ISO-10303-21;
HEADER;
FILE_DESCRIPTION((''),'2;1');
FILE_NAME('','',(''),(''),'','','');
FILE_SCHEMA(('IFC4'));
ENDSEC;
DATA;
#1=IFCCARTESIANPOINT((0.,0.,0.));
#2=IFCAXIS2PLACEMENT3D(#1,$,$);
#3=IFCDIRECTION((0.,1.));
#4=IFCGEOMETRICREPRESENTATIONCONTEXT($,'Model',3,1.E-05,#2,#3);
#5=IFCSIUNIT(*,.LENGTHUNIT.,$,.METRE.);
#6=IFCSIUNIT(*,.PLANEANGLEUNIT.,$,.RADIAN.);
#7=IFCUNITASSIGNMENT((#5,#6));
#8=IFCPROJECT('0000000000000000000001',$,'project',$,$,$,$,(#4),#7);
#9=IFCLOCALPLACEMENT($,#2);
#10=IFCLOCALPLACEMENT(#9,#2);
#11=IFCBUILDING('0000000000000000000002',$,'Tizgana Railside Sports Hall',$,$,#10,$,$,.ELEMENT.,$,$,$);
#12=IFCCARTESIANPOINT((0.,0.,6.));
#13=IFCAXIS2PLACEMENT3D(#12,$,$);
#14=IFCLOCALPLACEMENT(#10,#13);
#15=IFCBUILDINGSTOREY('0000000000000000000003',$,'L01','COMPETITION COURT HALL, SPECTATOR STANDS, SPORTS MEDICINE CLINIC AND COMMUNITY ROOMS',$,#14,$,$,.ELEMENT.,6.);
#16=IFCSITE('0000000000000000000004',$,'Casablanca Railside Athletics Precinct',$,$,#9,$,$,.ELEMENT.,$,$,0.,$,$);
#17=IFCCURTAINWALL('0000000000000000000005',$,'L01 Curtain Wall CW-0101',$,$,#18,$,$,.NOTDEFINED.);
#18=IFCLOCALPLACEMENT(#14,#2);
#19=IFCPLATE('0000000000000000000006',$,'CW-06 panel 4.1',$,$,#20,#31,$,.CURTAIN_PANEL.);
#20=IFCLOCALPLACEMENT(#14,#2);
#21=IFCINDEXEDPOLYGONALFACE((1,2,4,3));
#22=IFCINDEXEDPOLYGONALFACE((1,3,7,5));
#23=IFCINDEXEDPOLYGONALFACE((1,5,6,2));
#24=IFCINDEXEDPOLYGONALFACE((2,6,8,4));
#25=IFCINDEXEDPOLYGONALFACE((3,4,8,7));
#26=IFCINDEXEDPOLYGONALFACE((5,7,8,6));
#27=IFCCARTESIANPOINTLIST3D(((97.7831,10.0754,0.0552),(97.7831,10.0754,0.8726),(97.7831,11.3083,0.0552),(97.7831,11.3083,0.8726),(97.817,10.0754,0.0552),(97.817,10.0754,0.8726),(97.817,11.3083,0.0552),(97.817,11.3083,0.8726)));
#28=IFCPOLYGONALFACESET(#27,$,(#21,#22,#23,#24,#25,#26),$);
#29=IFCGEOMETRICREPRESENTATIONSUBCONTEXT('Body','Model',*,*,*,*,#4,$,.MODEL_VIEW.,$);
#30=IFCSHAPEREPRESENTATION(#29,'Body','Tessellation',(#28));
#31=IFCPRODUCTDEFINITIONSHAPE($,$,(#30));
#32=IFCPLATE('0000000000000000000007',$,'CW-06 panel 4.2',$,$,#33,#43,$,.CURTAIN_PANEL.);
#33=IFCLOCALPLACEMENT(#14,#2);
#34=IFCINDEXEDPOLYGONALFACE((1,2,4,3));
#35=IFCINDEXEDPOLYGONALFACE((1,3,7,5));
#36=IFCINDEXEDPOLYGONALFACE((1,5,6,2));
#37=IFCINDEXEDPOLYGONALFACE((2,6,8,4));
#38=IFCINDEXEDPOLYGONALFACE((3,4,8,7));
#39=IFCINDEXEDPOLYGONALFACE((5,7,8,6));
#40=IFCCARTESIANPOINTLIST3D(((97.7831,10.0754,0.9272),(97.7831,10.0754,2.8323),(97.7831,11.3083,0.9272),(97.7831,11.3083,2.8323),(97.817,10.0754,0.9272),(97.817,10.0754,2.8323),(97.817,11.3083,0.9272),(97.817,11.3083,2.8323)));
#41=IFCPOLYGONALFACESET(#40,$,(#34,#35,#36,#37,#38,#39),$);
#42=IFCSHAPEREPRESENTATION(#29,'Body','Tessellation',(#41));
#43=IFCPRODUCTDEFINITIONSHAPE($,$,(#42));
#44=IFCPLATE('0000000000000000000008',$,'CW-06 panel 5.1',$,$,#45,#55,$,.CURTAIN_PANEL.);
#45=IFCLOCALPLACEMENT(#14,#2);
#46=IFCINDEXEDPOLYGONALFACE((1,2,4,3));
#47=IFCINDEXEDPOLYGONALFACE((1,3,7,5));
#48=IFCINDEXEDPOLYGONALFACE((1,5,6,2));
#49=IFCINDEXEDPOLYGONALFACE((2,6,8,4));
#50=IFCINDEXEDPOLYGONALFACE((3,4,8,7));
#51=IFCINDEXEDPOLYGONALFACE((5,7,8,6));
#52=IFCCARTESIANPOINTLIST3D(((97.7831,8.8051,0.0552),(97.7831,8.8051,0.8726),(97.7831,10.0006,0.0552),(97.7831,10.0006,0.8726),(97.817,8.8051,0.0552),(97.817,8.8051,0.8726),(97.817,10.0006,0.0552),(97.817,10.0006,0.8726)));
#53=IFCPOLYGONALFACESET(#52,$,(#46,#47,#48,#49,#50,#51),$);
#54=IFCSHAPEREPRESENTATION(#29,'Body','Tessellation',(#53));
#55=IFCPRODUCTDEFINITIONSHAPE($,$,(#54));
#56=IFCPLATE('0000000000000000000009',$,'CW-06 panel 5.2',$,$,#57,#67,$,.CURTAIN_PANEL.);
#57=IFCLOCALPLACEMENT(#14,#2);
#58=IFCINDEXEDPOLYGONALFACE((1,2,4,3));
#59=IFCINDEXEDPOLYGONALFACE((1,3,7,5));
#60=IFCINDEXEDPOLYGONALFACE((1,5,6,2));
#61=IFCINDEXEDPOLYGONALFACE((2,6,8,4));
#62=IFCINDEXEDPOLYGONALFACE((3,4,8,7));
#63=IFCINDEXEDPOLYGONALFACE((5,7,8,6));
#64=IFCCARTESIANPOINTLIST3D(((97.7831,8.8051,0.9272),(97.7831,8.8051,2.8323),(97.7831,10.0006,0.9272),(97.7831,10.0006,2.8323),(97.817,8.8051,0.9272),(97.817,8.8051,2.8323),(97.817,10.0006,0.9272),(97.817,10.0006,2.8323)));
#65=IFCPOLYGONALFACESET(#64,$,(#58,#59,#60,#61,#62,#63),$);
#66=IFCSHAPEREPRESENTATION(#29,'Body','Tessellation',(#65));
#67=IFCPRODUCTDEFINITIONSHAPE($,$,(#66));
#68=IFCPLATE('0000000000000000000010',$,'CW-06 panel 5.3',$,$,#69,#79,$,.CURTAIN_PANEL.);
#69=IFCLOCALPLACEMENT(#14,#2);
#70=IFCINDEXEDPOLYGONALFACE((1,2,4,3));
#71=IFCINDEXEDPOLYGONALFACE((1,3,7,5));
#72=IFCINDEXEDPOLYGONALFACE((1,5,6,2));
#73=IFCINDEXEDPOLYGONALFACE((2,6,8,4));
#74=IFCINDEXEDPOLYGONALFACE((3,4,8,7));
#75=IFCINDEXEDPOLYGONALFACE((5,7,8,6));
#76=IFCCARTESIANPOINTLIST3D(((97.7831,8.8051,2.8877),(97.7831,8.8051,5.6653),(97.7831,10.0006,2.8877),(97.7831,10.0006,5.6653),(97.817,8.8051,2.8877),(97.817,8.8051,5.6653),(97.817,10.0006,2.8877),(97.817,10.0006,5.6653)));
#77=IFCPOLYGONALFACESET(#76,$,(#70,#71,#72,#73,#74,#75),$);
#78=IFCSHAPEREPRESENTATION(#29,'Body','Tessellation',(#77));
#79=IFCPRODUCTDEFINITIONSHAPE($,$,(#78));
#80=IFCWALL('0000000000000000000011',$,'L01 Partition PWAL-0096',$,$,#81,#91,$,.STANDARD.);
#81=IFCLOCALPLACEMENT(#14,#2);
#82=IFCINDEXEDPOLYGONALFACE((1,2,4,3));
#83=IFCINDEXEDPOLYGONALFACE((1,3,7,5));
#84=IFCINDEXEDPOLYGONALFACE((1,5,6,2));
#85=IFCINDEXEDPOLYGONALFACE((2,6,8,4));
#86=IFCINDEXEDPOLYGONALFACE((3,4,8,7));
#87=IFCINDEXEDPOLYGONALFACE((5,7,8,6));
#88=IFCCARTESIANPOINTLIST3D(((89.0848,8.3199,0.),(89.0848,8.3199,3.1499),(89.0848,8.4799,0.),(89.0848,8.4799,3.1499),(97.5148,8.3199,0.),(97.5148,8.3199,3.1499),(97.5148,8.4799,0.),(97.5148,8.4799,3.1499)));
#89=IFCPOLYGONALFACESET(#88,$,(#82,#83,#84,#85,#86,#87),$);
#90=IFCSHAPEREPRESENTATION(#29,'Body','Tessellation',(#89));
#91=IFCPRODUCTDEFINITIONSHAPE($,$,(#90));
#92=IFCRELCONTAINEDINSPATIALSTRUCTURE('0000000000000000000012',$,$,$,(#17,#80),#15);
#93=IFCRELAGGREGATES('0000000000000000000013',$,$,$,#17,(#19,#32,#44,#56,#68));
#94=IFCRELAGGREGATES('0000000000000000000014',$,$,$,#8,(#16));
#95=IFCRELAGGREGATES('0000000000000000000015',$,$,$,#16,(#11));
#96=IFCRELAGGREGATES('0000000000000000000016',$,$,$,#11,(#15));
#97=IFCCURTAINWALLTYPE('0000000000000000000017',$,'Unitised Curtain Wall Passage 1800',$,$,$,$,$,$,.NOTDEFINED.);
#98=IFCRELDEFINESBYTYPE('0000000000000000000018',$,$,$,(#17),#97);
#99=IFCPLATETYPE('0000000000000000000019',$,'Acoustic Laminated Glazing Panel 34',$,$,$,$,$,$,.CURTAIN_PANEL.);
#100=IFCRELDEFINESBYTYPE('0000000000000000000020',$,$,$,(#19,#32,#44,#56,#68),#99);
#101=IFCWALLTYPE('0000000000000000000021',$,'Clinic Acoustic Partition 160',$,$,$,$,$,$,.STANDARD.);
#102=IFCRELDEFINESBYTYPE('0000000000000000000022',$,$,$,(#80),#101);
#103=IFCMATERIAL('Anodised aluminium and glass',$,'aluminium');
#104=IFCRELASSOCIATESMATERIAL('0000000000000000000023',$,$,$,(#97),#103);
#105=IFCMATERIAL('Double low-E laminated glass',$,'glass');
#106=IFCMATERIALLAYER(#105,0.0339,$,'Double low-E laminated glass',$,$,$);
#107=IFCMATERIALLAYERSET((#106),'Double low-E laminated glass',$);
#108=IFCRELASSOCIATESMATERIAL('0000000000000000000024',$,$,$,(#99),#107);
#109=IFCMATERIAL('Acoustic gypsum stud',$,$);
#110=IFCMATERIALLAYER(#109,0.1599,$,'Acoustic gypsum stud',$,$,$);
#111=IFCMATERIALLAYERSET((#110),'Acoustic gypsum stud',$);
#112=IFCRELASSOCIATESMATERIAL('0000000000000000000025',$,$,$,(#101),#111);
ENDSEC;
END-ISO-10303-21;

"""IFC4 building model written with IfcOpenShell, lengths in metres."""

from ifc_helpers import new_model, si_unit, direction, frame, frame_2d, origin, origin_2d, place, context, subcontext, project, spatial, rectangle, extrude, material, layer, layer_set, type_object, element, aggregate, save


model = new_model("IFC4")

# Units and contexts
model_context = context("Model", 3, precision=1e-05, world=origin(), true_north=direction((0.0, 1.0)))
body_context = subcontext(model_context, "Body", "Model", "MODEL_VIEW")
ifc_project = project(units=[si_unit("LENGTHUNIT", "METRE"), si_unit("PLANEANGLEUNIT", "RADIAN")], contexts=[model_context])

# Site, building, storey
site_placement = place(None, origin())
site = spatial("IfcSite", under=ifc_project, at=site_placement, Name="Casablanca Railside Athletics Precinct", CompositionType="ELEMENT", RefElevation=0.0)
building_placement = place(site_placement, origin())
building = spatial("IfcBuilding", under=site, at=building_placement, Name="Tizgana Railside Sports Hall", CompositionType="ELEMENT")
storey_placement = place(building_placement, frame((0.0, 0.0, 6.0)))
storey = spatial("IfcBuildingStorey", under=building, at=storey_placement, Name="L01", Description="COMPETITION COURT HALL, SPECTATOR STANDS, SPORTS MEDICINE CLINIC AND COMMUNITY ROOMS", CompositionType="ELEMENT", Elevation=6.0)

# Curtain wall
ifc_material_1 = material(Name="Anodised aluminium and glass", Category="aluminium")
curtain_wall_type = type_object("IfcCurtainWallType", Name="Unitised Curtain Wall Passage 1800", PredefinedType="NOTDEFINED", material=ifc_material_1)
curtain_wall_placement = place(storey_placement, origin())
curtain_wall = element("IfcCurtainWall", 1, at=curtain_wall_placement, inside=storey, type_object=curtain_wall_type, Name="L01 Curtain Wall CW-0101", PredefinedType="NOTDEFINED")

# Plates
ifc_material_2 = material(Name="Double low-E laminated glass", Category="glass")
ifc_layer_1 = layer(ifc_material_2, 0.0339, Name="Double low-E laminated glass")
ifc_layer_set_1 = layer_set([ifc_layer_1], Name="Double low-E laminated glass")
plate_type = type_object("IfcPlateType", Name="Acoustic Laminated Glazing Panel 34", PredefinedType="CURTAIN_PANEL", material=ifc_layer_set_1)
plate_1_placement = place(storey_placement, frame((97.8, 10.6919, 0.0552), z_axis=(0.0, 0.0, 1.0), x_axis=(0.0, -1.0, 0.0)))
plate_1 = element("IfcPlate", 2, at=plate_1_placement, type_object=plate_type, Name="CW-06 panel 4.1", PredefinedType="CURTAIN_PANEL", context=body_context, shape_type="SweptSolid", body=[
    extrude(rectangle(XDim=1.2329, YDim=0.0339, at=origin_2d()), origin(), (0.0, 0.0, 1.0), 0.8174),
])
plate_2_placement = place(storey_placement, frame((97.8, 10.6919, 0.9272), z_axis=(0.0, 0.0, 1.0), x_axis=(0.0, -1.0, 0.0)))
plate_2 = element("IfcPlate", 3, at=plate_2_placement, type_object=plate_type, Name="CW-06 panel 4.2", PredefinedType="CURTAIN_PANEL", context=body_context, shape_type="SweptSolid", body=[
    extrude(rectangle(XDim=1.2329, YDim=0.0339, at=origin_2d()), origin(), (0.0, 0.0, 1.0), 1.905),
])
plate_3_placement = place(storey_placement, frame((97.8, 9.4028, 0.0552), z_axis=(0.0, 0.0, 1.0), x_axis=(0.0, -1.0, 0.0)))
plate_3 = element("IfcPlate", 4, at=plate_3_placement, type_object=plate_type, Name="CW-06 panel 5.1", PredefinedType="CURTAIN_PANEL", context=body_context, shape_type="SweptSolid", body=[
    extrude(rectangle(XDim=1.1956, YDim=0.0339, at=origin_2d()), origin(), (0.0, 0.0, 1.0), 0.8174),
])
plate_4_placement = place(storey_placement, frame((97.8, 9.4028, 0.9272), z_axis=(0.0, 0.0, 1.0), x_axis=(0.0, -1.0, 0.0)))
plate_4 = element("IfcPlate", 5, at=plate_4_placement, type_object=plate_type, Name="CW-06 panel 5.2", PredefinedType="CURTAIN_PANEL", context=body_context, shape_type="SweptSolid", body=[
    extrude(rectangle(XDim=1.1956, YDim=0.0339, at=origin_2d()), origin(), (0.0, 0.0, 1.0), 1.905),
])
plate_5_placement = place(storey_placement, frame((97.8, 9.4028, 2.8877), z_axis=(0.0, 0.0, 1.0), x_axis=(0.0, -1.0, 0.0)))
plate_5 = element("IfcPlate", 6, at=plate_5_placement, type_object=plate_type, Name="CW-06 panel 5.3", PredefinedType="CURTAIN_PANEL", context=body_context, shape_type="SweptSolid", body=[
    extrude(rectangle(XDim=1.1956, YDim=0.0339, at=origin_2d()), origin(), (0.0, 0.0, 1.0), 2.7776),
])
aggregate(curtain_wall, [plate_1, plate_2, plate_3, plate_4, plate_5])

# Wall
ifc_material_3 = material(Name="Acoustic gypsum stud")
ifc_layer_2 = layer(ifc_material_3, 0.1599, Name="Acoustic gypsum stud")
ifc_layer_set_2 = layer_set([ifc_layer_2], Name="Acoustic gypsum stud")
wall_type = type_object("IfcWallType", Name="Clinic Acoustic Partition 160", PredefinedType="STANDARD", material=ifc_layer_set_2)
wall_placement = place(storey_placement, frame((89.085, 8.3999, 0.0), z_axis=(0.0, 0.0, 1.0), x_axis=(1.0, 0.0, 0.0)))
element("IfcWall", 7, at=wall_placement, inside=storey, type_object=wall_type, Name="L01 Partition PWAL-0096", PredefinedType="STANDARD", context=body_context, shape_type="SweptSolid", body=[
    extrude(rectangle(XDim=8.4299, YDim=0.1599, at=frame_2d((4.2148, 0.0))), origin(), (0.0, 0.0, 1.0), 3.1499),
])

save(model, "model.ifc")
